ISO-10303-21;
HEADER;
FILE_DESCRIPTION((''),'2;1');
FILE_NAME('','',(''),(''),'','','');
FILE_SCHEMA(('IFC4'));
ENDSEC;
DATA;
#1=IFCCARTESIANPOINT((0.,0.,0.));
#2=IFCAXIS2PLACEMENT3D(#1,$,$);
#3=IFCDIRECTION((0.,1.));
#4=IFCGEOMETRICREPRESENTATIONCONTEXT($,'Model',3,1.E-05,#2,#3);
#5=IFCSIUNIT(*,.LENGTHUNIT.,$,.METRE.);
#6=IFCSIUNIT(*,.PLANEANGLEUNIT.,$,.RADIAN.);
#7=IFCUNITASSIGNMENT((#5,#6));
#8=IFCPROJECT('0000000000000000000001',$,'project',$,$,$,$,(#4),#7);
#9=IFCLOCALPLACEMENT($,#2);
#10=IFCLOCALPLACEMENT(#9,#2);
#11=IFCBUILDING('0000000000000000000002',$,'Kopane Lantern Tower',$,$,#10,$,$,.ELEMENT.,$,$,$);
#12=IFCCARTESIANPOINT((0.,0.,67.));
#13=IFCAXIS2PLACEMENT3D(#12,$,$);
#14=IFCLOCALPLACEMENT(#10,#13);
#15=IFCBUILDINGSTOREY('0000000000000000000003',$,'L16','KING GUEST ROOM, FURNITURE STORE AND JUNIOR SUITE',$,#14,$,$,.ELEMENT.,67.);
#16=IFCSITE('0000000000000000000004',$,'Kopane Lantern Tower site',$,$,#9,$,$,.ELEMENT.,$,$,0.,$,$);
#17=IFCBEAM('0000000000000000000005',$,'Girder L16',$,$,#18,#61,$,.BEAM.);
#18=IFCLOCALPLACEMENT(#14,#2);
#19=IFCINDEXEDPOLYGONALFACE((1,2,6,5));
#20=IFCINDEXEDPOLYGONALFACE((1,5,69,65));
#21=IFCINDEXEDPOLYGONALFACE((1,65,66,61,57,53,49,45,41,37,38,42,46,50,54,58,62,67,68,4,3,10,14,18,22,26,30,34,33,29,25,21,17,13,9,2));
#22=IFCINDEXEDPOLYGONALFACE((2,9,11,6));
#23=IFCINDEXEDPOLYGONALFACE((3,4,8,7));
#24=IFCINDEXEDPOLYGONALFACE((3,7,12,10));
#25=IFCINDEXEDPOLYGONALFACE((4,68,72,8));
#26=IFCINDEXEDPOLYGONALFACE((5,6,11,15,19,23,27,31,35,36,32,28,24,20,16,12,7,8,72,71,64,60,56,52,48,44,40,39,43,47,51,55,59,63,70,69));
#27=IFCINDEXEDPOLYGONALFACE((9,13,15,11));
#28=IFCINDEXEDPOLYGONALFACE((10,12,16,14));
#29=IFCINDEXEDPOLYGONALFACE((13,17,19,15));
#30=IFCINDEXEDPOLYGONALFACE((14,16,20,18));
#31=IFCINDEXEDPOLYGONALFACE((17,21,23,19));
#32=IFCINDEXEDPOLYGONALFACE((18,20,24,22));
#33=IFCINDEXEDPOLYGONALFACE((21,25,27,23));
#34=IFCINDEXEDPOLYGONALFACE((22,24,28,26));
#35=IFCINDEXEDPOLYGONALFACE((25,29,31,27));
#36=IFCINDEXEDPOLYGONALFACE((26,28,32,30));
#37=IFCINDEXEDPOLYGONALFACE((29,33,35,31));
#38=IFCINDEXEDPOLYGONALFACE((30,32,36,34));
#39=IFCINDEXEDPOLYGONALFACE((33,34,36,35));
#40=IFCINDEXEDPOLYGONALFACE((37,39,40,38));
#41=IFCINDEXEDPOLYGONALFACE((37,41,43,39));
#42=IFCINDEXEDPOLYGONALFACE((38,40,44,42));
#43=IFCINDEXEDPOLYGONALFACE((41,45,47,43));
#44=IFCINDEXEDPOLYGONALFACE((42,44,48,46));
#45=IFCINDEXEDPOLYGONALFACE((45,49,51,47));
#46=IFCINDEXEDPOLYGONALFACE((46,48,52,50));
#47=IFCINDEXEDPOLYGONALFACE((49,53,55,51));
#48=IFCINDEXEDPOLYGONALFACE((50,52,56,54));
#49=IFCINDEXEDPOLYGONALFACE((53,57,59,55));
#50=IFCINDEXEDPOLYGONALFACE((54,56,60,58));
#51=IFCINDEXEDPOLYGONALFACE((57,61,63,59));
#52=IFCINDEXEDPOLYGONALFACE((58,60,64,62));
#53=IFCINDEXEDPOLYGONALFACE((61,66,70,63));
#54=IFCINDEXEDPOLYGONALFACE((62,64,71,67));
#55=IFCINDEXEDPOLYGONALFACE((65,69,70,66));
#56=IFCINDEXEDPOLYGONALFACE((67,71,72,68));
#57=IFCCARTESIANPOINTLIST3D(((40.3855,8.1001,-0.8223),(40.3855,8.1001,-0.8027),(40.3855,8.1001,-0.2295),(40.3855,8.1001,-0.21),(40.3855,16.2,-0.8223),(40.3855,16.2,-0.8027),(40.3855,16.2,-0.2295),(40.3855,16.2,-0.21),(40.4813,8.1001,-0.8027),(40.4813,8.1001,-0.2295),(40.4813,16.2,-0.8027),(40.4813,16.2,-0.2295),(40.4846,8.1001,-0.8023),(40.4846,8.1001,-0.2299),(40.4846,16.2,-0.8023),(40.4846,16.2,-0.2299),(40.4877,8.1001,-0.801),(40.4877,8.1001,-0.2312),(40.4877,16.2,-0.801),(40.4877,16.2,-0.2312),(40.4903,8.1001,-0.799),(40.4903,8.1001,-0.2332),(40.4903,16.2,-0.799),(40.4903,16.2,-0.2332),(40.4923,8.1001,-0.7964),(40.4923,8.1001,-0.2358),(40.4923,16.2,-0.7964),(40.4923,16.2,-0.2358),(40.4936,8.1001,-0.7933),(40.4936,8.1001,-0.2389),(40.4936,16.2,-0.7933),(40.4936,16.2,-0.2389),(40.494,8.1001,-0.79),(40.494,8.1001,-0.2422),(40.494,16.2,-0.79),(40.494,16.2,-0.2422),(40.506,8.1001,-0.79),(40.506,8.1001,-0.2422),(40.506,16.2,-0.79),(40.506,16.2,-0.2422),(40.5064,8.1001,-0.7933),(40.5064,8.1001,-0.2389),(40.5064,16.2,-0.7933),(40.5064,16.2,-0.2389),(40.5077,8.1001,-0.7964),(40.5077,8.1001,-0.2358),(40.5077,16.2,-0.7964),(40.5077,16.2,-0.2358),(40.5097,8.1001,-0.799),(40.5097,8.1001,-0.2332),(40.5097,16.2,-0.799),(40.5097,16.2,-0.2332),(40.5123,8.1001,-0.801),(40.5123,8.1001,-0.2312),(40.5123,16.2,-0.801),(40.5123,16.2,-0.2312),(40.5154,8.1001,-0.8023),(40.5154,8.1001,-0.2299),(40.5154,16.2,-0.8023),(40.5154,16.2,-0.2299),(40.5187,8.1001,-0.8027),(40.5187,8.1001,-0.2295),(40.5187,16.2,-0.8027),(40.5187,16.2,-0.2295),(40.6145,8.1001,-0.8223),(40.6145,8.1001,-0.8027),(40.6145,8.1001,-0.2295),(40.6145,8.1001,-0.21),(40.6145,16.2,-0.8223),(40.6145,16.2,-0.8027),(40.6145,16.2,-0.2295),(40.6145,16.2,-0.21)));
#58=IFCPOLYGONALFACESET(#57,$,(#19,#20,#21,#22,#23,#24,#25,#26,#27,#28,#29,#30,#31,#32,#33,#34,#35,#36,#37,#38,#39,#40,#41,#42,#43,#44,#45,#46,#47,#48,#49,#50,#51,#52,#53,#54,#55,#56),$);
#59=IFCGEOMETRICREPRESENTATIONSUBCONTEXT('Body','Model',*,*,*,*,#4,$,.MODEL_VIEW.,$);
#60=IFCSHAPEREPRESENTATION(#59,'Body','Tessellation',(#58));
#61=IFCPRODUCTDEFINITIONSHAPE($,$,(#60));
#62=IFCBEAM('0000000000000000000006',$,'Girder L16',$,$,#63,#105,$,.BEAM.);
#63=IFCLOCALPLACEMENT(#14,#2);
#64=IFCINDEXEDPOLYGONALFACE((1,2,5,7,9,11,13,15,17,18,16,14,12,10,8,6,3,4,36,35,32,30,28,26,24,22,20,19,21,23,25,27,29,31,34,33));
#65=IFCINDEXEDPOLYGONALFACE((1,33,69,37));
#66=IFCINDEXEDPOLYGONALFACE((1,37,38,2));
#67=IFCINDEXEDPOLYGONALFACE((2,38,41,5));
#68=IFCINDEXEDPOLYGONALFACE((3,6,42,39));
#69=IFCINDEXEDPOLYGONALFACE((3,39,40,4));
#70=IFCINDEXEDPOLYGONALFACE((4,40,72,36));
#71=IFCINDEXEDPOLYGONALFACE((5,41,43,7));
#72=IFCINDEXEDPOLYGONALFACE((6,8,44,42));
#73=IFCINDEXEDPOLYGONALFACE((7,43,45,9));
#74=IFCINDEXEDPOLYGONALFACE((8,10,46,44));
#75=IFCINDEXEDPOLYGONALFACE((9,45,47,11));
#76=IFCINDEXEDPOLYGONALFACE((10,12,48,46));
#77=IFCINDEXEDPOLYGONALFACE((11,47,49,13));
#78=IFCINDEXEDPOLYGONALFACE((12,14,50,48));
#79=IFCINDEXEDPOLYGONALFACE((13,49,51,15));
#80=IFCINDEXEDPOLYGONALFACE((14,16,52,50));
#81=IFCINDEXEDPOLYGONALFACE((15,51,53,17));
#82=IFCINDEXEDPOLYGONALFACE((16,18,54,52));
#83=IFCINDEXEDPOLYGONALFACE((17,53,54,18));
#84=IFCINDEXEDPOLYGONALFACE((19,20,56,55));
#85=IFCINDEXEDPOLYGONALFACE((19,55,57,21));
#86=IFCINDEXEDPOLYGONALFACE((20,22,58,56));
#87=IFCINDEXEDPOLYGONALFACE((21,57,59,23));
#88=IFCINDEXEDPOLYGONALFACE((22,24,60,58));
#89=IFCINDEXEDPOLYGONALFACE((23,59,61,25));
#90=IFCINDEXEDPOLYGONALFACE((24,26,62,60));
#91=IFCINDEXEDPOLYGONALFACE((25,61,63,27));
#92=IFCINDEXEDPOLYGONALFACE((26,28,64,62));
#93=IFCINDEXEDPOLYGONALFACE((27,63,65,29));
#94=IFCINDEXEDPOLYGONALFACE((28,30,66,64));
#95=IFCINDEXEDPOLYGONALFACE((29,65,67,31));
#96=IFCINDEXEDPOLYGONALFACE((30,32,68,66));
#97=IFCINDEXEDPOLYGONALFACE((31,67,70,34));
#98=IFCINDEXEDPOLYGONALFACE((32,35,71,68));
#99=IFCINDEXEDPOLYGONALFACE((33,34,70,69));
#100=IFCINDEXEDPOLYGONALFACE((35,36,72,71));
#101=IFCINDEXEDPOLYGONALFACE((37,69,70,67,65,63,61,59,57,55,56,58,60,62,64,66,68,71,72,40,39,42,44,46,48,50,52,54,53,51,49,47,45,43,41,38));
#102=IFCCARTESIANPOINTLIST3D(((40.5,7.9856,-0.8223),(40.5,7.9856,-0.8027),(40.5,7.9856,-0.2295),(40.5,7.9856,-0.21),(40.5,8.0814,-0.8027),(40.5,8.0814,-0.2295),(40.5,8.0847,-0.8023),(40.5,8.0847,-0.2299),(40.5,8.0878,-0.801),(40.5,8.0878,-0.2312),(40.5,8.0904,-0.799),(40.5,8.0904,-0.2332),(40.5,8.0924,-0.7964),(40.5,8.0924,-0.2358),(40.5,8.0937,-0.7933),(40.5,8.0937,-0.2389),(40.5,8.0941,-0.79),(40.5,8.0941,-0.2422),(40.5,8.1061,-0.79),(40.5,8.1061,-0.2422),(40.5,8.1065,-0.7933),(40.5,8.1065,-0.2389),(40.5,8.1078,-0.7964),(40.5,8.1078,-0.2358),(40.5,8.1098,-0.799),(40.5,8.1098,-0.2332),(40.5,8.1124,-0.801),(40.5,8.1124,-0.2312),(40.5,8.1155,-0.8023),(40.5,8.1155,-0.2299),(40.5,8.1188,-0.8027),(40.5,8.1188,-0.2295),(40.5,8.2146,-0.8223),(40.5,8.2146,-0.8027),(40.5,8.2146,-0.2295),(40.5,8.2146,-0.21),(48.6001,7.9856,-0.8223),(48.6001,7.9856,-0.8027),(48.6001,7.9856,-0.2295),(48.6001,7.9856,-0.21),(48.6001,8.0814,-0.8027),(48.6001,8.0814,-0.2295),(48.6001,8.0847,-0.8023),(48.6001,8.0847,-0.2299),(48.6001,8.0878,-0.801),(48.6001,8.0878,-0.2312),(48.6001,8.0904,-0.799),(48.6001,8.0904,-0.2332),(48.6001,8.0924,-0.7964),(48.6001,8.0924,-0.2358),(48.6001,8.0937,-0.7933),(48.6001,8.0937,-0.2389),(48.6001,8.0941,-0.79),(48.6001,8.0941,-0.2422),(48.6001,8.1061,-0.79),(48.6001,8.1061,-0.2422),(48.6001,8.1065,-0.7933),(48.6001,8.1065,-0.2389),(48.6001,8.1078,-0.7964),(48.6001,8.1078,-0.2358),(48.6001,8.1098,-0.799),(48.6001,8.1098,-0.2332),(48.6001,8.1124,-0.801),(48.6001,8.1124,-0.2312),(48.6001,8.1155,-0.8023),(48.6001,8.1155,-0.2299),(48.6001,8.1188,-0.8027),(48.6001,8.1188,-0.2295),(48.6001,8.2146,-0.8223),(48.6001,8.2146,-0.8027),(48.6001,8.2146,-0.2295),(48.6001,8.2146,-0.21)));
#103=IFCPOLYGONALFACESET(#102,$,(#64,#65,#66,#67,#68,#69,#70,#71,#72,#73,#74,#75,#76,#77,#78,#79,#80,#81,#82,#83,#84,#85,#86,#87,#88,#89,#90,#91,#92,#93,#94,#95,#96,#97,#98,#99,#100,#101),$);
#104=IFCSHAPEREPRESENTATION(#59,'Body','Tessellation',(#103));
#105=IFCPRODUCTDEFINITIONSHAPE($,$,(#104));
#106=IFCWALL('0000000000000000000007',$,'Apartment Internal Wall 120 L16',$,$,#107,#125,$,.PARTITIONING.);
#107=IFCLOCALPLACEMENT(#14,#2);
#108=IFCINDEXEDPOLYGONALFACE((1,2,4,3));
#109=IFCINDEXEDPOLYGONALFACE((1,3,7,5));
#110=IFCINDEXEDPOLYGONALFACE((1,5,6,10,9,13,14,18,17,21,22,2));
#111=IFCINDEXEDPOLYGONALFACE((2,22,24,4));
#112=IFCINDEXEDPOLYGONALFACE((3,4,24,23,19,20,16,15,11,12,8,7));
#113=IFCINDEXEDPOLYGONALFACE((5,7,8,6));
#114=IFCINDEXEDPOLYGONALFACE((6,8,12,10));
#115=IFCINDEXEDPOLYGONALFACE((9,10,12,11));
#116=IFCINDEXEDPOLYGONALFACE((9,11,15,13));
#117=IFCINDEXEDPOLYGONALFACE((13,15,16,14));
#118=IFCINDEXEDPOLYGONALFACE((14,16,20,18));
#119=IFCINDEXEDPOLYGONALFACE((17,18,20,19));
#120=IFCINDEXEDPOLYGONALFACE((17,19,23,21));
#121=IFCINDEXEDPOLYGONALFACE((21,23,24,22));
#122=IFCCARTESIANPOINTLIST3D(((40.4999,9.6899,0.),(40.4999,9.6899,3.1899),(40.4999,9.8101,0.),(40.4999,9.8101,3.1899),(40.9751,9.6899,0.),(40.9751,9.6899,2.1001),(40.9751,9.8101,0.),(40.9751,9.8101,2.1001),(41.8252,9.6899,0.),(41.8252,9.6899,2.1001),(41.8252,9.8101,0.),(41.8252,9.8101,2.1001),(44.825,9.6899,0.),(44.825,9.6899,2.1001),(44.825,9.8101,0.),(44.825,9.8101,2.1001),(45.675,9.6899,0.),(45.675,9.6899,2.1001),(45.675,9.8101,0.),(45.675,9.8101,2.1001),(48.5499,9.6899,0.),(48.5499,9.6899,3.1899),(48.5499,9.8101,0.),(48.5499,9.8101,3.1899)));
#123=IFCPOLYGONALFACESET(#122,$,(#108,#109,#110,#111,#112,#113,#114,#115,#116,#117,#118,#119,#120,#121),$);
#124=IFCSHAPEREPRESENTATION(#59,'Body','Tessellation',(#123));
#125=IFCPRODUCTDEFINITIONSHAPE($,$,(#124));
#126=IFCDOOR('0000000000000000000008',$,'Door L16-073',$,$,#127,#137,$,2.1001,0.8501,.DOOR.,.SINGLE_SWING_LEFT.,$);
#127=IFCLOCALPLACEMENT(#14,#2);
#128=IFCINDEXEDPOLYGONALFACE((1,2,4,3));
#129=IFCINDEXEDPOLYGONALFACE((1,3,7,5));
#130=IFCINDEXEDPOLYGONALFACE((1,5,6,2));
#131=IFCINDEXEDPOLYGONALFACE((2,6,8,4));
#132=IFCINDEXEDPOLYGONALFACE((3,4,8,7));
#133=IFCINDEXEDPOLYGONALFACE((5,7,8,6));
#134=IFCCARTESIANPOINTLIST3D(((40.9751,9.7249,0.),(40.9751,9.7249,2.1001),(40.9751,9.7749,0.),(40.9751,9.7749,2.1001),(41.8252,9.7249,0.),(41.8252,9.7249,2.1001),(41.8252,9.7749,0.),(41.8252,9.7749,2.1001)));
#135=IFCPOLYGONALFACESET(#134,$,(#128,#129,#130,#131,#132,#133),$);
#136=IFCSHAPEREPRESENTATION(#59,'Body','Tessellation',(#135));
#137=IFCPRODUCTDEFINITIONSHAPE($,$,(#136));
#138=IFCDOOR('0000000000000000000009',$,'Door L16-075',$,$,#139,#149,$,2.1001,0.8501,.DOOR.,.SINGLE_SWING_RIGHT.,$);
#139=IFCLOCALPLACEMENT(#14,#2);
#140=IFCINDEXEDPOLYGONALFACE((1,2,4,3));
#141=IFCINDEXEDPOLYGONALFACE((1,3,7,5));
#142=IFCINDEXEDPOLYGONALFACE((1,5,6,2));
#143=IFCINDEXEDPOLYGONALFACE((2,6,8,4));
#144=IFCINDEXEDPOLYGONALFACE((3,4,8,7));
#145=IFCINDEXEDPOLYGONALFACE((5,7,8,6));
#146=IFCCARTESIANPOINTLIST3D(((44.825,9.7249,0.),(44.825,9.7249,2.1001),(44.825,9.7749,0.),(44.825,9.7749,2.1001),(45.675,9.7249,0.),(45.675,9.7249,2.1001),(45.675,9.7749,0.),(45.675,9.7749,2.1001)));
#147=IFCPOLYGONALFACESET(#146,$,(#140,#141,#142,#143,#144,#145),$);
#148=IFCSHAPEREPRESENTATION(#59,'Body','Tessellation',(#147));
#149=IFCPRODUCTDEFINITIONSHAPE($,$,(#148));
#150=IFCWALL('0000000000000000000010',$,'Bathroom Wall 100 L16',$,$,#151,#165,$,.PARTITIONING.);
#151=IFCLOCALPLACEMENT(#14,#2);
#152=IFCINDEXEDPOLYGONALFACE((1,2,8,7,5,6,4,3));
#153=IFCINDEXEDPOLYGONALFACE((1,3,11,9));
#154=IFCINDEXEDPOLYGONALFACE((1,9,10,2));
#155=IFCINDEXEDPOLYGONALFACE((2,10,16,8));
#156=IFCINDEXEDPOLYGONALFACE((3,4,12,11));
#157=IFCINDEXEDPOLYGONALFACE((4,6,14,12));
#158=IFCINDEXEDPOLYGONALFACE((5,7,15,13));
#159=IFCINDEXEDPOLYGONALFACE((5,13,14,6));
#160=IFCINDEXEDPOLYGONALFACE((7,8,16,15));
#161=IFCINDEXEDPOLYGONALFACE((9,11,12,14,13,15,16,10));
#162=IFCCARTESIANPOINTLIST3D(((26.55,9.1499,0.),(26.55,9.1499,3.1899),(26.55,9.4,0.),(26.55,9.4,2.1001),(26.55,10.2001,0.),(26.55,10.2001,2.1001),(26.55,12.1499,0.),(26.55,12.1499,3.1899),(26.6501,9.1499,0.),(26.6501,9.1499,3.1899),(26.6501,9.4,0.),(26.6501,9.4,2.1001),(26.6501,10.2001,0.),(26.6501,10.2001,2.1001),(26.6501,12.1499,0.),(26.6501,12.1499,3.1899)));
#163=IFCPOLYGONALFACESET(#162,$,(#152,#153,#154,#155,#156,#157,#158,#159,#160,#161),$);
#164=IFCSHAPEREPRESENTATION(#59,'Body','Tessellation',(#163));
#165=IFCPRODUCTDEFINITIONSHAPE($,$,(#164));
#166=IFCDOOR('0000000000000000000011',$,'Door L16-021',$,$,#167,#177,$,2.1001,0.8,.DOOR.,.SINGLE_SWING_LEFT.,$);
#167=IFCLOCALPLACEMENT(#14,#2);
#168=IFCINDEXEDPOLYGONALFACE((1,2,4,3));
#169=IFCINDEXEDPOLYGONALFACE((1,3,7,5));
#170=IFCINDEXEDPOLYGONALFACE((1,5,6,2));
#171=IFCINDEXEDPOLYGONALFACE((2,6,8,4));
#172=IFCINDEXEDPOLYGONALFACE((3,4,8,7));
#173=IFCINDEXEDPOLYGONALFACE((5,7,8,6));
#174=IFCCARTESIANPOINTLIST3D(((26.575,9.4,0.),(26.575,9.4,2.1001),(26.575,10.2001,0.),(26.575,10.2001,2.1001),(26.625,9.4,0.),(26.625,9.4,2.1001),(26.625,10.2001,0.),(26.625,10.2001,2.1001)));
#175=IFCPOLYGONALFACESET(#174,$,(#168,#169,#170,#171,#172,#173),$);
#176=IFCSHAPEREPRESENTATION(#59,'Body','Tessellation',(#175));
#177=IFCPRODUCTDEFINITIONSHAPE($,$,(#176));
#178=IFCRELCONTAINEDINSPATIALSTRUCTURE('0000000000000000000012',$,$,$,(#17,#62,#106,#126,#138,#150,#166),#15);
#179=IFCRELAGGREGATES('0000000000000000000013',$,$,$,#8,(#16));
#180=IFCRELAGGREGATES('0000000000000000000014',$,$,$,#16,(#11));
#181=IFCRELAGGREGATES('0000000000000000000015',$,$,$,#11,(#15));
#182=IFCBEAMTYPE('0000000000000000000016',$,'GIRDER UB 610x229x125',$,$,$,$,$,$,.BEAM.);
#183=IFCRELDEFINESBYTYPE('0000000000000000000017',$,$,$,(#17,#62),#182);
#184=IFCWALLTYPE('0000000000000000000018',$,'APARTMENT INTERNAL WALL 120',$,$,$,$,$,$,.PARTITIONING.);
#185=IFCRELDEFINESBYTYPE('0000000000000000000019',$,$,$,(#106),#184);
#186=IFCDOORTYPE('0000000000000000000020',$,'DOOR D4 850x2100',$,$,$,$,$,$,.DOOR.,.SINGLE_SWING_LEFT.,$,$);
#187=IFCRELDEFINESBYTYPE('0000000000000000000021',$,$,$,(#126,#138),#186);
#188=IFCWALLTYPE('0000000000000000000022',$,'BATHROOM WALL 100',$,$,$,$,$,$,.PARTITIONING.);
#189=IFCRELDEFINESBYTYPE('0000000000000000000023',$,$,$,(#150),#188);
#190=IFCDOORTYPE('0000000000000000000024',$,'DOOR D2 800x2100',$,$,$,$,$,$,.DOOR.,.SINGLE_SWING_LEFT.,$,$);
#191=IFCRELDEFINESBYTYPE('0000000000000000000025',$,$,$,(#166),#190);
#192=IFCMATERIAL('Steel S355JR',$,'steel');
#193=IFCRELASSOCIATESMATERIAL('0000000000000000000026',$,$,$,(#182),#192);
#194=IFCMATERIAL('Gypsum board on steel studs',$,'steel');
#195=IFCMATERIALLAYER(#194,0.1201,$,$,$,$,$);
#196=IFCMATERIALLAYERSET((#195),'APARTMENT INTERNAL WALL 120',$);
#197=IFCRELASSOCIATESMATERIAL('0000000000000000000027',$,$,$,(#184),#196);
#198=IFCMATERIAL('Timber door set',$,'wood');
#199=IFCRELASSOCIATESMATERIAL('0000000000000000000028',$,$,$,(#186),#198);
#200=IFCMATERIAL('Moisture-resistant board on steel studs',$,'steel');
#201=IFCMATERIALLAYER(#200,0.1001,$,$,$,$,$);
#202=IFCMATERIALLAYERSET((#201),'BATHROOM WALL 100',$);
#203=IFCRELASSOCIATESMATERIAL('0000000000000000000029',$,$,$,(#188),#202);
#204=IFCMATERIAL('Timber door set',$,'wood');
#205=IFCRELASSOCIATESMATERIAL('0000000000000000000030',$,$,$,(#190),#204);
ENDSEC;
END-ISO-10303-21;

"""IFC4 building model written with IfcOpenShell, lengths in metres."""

from ifc_helpers import new_model, si_unit, direction, frame, frame_2d, origin, origin_2d, place, context, subcontext, project, spatial, rectangle, i_section, extrude, material, layer, layer_set, material_profile, profile_set, type_object, element, fill, save


model = new_model("IFC4")

# Units and contexts
model_context = context("Model", 3, precision=1e-05, world=origin(), true_north=direction((0.0, 1.0)))
body_context = subcontext(model_context, "Body", "Model", "MODEL_VIEW")
ifc_project = project(units=[si_unit("LENGTHUNIT", "METRE"), si_unit("PLANEANGLEUNIT", "RADIAN")], contexts=[model_context])

# Site, building, storey
site_placement = place(None, origin())
site = spatial("IfcSite", under=ifc_project, at=site_placement, Name="Kopane Lantern Tower site", CompositionType="ELEMENT", RefElevation=0.0)
building_placement = place(site_placement, origin())
building = spatial("IfcBuilding", under=site, at=building_placement, Name="Kopane Lantern Tower", CompositionType="ELEMENT")
storey_placement = place(building_placement, frame((0.0, 0.0, 67.0)))
storey = spatial("IfcBuildingStorey", under=building, at=storey_placement, Name="L16", Description="KING GUEST ROOM, FURNITURE STORE AND JUNIOR SUITE", CompositionType="ELEMENT", Elevation=67.0)

# Beams
ifc_material_1 = material(Name="Steel S355JR", Category="steel")
ifc_material_profile_1 = material_profile(ifc_material_1, i_section(OverallWidth=0.229, OverallDepth=0.6123, WebThickness=0.012, FlangeThickness=0.0195, FilletRadius=0.0127, at=origin_2d()), Name="UB 610x229x125")
ifc_profile_set_1 = profile_set([ifc_material_profile_1], Name="Steel S355JR")
beam_type = type_object("IfcBeamType", Name="GIRDER UB 610x229x125", PredefinedType="BEAM", material=ifc_profile_set_1)
beam_1_placement = place(storey_placement, frame((40.5, 8.1001, -0.5161), z_axis=(0.0, 1.0, 0.0), x_axis=(-1.0, 0.0, 0.0)))
element("IfcBeam", 1, at=beam_1_placement, inside=storey, type_object=beam_type, Name="Girder L16", PredefinedType="BEAM", context=body_context, shape_type="SweptSolid", body=[
    extrude(i_section(OverallWidth=0.229, OverallDepth=0.6123, WebThickness=0.012, FlangeThickness=0.0195, FilletRadius=0.0127, at=origin_2d()), origin(), (0.0, 0.0, 1.0), 8.0999),
])
beam_2_placement = place(storey_placement, frame((40.5, 8.1001, -0.5161), z_axis=(1.0, 0.0, 0.0), x_axis=(0.0, 1.0, 0.0)))
element("IfcBeam", 2, at=beam_2_placement, inside=storey, type_object=beam_type, Name="Girder L16", PredefinedType="BEAM", context=body_context, shape_type="SweptSolid", body=[
    extrude(i_section(OverallWidth=0.229, OverallDepth=0.6123, WebThickness=0.012, FlangeThickness=0.0195, FilletRadius=0.0127, at=origin_2d()), origin(), (0.0, 0.0, 1.0), 8.1001),
])

# Wall, openings, doors
ifc_material_2 = material(Name="Gypsum board on steel studs", Category="steel")
ifc_layer_1 = layer(ifc_material_2, 0.1201)
ifc_layer_set_1 = layer_set([ifc_layer_1], Name="APARTMENT INTERNAL WALL 120")
wall_type_1 = type_object("IfcWallType", Name="APARTMENT INTERNAL WALL 120", PredefinedType="PARTITIONING", material=ifc_layer_set_1)
wall_1_placement = place(storey_placement, frame((40.5, 9.75, 0.0), z_axis=(0.0, 0.0, 1.0), x_axis=(1.0, 0.0, 0.0)))
wall_1 = element("IfcWall", 3, at=wall_1_placement, inside=storey, type_object=wall_type_1, Name="Apartment Internal Wall 120 L16", PredefinedType="PARTITIONING", context=body_context, shape_type="SweptSolid", body=[
    extrude(rectangle(XDim=8.05, YDim=0.1201, at=frame_2d((4.0249, 0.0))), origin(), (0.0, 0.0, 1.0), 3.1899),
])
opening_1_placement = place(wall_1_placement, frame((0.4751, 0.0, 0.0)))
opening_1 = element("IfcOpeningElement", 4, at=opening_1_placement, cuts=wall_1, PredefinedType="OPENING", context=body_context, shape_type="SweptSolid", body=[
    extrude(rectangle(XDim=0.8501, YDim=2.1001, at=frame_2d((0.425, 1.05))), frame((0.0, 0.0701, 0.0), z_axis=(0.0, -1.0, 0.0), x_axis=(1.0, 0.0, 0.0)), (0.0, 0.0, 1.0), 0.1401),
])
opening_2_placement = place(wall_1_placement, frame((4.325, 0.0, 0.0)))
opening_2 = element("IfcOpeningElement", 5, at=opening_2_placement, cuts=wall_1, PredefinedType="OPENING", context=body_context, shape_type="SweptSolid", body=[
    extrude(rectangle(XDim=0.8501, YDim=2.1001, at=frame_2d((0.425, 1.05))), frame((0.0, 0.0701, 0.0), z_axis=(0.0, -1.0, 0.0), x_axis=(1.0, 0.0, 0.0)), (0.0, 0.0, 1.0), 0.1401),
])
ifc_material_3 = material(Name="Timber door set", Category="wood")
door_type_1 = type_object("IfcDoorType", Name="DOOR D4 850x2100", OperationType="SINGLE_SWING_LEFT", PredefinedType="DOOR", material=ifc_material_3)
door_1_placement = place(opening_1_placement, origin())
door_1 = element("IfcDoor", 6, at=door_1_placement, inside=storey, type_object=door_type_1, Name="Door L16-073", OperationType="SINGLE_SWING_LEFT", OverallHeight=2.1001, OverallWidth=0.8501, PredefinedType="DOOR", context=body_context, shape_type="SweptSolid", body=[
    extrude(rectangle(XDim=0.8501, YDim=2.1001, at=frame_2d((0.425, 1.05))), frame((0.0, 0.0249, 0.0), z_axis=(0.0, -1.0, 0.0), x_axis=(1.0, 0.0, 0.0)), (0.0, 0.0, 1.0), 0.05),
])
fill(opening_1, door_1)
door_2_placement = place(opening_2_placement, origin())
door_2 = element("IfcDoor", 7, at=door_2_placement, inside=storey, type_object=door_type_1, Name="Door L16-075", OperationType="SINGLE_SWING_RIGHT", OverallHeight=2.1001, OverallWidth=0.8501, PredefinedType="DOOR", context=body_context, shape_type="SweptSolid", body=[
    extrude(rectangle(XDim=0.8501, YDim=2.1001, at=frame_2d((0.425, 1.05))), frame((0.0, 0.0249, 0.0), z_axis=(0.0, -1.0, 0.0), x_axis=(1.0, 0.0, 0.0)), (0.0, 0.0, 1.0), 0.05),
])
fill(opening_2, door_2)

# Wall, opening, door
ifc_material_4 = material(Name="Moisture-resistant board on steel studs", Category="steel")
ifc_layer_2 = layer(ifc_material_4, 0.1001)
ifc_layer_set_2 = layer_set([ifc_layer_2], Name="BATHROOM WALL 100")
wall_type_2 = type_object("IfcWallType", Name="BATHROOM WALL 100", PredefinedType="PARTITIONING", material=ifc_layer_set_2)
wall_2_placement = place(storey_placement, frame((26.6001, 12.1499, 0.0), z_axis=(0.0, 0.0, 1.0), x_axis=(0.0, -1.0, 0.0)))
wall_2 = element("IfcWall", 8, at=wall_2_placement, inside=storey, type_object=wall_type_2, Name="Bathroom Wall 100 L16", PredefinedType="PARTITIONING", context=body_context, shape_type="SweptSolid", body=[
    extrude(rectangle(XDim=3.0, YDim=0.1001, at=frame_2d((1.5, 0.0))), origin(), (0.0, 0.0, 1.0), 3.1899),
])
opening_3_placement = place(wall_2_placement, frame((1.95, 0.0, 0.0)))
opening_3 = element("IfcOpeningElement", 9, at=opening_3_placement, cuts=wall_2, PredefinedType="OPENING", context=body_context, shape_type="SweptSolid", body=[
    extrude(rectangle(XDim=0.8, YDim=2.1001, at=frame_2d((0.3999, 1.05))), frame((0.0, 0.0601, 0.0), z_axis=(0.0, -1.0, 0.0), x_axis=(1.0, 0.0, 0.0)), (0.0, 0.0, 1.0), 0.1201),
])
ifc_material_5 = material(Name="Timber door set", Category="wood")
door_type_2 = type_object("IfcDoorType", Name="DOOR D2 800x2100", OperationType="SINGLE_SWING_LEFT", PredefinedType="DOOR", material=ifc_material_5)
door_3_placement = place(opening_3_placement, origin())
door_3 = element("IfcDoor", 10, at=door_3_placement, inside=storey, type_object=door_type_2, Name="Door L16-021", OperationType="SINGLE_SWING_LEFT", OverallHeight=2.1001, OverallWidth=0.8, PredefinedType="DOOR", context=body_context, shape_type="SweptSolid", body=[
    extrude(rectangle(XDim=0.8, YDim=2.1001, at=frame_2d((0.3999, 1.05))), frame((0.0, 0.0249, 0.0), z_axis=(0.0, -1.0, 0.0), x_axis=(1.0, 0.0, 0.0)), (0.0, 0.0, 1.0), 0.05),
])
fill(opening_3, door_3)

save(model, "model.ifc")
